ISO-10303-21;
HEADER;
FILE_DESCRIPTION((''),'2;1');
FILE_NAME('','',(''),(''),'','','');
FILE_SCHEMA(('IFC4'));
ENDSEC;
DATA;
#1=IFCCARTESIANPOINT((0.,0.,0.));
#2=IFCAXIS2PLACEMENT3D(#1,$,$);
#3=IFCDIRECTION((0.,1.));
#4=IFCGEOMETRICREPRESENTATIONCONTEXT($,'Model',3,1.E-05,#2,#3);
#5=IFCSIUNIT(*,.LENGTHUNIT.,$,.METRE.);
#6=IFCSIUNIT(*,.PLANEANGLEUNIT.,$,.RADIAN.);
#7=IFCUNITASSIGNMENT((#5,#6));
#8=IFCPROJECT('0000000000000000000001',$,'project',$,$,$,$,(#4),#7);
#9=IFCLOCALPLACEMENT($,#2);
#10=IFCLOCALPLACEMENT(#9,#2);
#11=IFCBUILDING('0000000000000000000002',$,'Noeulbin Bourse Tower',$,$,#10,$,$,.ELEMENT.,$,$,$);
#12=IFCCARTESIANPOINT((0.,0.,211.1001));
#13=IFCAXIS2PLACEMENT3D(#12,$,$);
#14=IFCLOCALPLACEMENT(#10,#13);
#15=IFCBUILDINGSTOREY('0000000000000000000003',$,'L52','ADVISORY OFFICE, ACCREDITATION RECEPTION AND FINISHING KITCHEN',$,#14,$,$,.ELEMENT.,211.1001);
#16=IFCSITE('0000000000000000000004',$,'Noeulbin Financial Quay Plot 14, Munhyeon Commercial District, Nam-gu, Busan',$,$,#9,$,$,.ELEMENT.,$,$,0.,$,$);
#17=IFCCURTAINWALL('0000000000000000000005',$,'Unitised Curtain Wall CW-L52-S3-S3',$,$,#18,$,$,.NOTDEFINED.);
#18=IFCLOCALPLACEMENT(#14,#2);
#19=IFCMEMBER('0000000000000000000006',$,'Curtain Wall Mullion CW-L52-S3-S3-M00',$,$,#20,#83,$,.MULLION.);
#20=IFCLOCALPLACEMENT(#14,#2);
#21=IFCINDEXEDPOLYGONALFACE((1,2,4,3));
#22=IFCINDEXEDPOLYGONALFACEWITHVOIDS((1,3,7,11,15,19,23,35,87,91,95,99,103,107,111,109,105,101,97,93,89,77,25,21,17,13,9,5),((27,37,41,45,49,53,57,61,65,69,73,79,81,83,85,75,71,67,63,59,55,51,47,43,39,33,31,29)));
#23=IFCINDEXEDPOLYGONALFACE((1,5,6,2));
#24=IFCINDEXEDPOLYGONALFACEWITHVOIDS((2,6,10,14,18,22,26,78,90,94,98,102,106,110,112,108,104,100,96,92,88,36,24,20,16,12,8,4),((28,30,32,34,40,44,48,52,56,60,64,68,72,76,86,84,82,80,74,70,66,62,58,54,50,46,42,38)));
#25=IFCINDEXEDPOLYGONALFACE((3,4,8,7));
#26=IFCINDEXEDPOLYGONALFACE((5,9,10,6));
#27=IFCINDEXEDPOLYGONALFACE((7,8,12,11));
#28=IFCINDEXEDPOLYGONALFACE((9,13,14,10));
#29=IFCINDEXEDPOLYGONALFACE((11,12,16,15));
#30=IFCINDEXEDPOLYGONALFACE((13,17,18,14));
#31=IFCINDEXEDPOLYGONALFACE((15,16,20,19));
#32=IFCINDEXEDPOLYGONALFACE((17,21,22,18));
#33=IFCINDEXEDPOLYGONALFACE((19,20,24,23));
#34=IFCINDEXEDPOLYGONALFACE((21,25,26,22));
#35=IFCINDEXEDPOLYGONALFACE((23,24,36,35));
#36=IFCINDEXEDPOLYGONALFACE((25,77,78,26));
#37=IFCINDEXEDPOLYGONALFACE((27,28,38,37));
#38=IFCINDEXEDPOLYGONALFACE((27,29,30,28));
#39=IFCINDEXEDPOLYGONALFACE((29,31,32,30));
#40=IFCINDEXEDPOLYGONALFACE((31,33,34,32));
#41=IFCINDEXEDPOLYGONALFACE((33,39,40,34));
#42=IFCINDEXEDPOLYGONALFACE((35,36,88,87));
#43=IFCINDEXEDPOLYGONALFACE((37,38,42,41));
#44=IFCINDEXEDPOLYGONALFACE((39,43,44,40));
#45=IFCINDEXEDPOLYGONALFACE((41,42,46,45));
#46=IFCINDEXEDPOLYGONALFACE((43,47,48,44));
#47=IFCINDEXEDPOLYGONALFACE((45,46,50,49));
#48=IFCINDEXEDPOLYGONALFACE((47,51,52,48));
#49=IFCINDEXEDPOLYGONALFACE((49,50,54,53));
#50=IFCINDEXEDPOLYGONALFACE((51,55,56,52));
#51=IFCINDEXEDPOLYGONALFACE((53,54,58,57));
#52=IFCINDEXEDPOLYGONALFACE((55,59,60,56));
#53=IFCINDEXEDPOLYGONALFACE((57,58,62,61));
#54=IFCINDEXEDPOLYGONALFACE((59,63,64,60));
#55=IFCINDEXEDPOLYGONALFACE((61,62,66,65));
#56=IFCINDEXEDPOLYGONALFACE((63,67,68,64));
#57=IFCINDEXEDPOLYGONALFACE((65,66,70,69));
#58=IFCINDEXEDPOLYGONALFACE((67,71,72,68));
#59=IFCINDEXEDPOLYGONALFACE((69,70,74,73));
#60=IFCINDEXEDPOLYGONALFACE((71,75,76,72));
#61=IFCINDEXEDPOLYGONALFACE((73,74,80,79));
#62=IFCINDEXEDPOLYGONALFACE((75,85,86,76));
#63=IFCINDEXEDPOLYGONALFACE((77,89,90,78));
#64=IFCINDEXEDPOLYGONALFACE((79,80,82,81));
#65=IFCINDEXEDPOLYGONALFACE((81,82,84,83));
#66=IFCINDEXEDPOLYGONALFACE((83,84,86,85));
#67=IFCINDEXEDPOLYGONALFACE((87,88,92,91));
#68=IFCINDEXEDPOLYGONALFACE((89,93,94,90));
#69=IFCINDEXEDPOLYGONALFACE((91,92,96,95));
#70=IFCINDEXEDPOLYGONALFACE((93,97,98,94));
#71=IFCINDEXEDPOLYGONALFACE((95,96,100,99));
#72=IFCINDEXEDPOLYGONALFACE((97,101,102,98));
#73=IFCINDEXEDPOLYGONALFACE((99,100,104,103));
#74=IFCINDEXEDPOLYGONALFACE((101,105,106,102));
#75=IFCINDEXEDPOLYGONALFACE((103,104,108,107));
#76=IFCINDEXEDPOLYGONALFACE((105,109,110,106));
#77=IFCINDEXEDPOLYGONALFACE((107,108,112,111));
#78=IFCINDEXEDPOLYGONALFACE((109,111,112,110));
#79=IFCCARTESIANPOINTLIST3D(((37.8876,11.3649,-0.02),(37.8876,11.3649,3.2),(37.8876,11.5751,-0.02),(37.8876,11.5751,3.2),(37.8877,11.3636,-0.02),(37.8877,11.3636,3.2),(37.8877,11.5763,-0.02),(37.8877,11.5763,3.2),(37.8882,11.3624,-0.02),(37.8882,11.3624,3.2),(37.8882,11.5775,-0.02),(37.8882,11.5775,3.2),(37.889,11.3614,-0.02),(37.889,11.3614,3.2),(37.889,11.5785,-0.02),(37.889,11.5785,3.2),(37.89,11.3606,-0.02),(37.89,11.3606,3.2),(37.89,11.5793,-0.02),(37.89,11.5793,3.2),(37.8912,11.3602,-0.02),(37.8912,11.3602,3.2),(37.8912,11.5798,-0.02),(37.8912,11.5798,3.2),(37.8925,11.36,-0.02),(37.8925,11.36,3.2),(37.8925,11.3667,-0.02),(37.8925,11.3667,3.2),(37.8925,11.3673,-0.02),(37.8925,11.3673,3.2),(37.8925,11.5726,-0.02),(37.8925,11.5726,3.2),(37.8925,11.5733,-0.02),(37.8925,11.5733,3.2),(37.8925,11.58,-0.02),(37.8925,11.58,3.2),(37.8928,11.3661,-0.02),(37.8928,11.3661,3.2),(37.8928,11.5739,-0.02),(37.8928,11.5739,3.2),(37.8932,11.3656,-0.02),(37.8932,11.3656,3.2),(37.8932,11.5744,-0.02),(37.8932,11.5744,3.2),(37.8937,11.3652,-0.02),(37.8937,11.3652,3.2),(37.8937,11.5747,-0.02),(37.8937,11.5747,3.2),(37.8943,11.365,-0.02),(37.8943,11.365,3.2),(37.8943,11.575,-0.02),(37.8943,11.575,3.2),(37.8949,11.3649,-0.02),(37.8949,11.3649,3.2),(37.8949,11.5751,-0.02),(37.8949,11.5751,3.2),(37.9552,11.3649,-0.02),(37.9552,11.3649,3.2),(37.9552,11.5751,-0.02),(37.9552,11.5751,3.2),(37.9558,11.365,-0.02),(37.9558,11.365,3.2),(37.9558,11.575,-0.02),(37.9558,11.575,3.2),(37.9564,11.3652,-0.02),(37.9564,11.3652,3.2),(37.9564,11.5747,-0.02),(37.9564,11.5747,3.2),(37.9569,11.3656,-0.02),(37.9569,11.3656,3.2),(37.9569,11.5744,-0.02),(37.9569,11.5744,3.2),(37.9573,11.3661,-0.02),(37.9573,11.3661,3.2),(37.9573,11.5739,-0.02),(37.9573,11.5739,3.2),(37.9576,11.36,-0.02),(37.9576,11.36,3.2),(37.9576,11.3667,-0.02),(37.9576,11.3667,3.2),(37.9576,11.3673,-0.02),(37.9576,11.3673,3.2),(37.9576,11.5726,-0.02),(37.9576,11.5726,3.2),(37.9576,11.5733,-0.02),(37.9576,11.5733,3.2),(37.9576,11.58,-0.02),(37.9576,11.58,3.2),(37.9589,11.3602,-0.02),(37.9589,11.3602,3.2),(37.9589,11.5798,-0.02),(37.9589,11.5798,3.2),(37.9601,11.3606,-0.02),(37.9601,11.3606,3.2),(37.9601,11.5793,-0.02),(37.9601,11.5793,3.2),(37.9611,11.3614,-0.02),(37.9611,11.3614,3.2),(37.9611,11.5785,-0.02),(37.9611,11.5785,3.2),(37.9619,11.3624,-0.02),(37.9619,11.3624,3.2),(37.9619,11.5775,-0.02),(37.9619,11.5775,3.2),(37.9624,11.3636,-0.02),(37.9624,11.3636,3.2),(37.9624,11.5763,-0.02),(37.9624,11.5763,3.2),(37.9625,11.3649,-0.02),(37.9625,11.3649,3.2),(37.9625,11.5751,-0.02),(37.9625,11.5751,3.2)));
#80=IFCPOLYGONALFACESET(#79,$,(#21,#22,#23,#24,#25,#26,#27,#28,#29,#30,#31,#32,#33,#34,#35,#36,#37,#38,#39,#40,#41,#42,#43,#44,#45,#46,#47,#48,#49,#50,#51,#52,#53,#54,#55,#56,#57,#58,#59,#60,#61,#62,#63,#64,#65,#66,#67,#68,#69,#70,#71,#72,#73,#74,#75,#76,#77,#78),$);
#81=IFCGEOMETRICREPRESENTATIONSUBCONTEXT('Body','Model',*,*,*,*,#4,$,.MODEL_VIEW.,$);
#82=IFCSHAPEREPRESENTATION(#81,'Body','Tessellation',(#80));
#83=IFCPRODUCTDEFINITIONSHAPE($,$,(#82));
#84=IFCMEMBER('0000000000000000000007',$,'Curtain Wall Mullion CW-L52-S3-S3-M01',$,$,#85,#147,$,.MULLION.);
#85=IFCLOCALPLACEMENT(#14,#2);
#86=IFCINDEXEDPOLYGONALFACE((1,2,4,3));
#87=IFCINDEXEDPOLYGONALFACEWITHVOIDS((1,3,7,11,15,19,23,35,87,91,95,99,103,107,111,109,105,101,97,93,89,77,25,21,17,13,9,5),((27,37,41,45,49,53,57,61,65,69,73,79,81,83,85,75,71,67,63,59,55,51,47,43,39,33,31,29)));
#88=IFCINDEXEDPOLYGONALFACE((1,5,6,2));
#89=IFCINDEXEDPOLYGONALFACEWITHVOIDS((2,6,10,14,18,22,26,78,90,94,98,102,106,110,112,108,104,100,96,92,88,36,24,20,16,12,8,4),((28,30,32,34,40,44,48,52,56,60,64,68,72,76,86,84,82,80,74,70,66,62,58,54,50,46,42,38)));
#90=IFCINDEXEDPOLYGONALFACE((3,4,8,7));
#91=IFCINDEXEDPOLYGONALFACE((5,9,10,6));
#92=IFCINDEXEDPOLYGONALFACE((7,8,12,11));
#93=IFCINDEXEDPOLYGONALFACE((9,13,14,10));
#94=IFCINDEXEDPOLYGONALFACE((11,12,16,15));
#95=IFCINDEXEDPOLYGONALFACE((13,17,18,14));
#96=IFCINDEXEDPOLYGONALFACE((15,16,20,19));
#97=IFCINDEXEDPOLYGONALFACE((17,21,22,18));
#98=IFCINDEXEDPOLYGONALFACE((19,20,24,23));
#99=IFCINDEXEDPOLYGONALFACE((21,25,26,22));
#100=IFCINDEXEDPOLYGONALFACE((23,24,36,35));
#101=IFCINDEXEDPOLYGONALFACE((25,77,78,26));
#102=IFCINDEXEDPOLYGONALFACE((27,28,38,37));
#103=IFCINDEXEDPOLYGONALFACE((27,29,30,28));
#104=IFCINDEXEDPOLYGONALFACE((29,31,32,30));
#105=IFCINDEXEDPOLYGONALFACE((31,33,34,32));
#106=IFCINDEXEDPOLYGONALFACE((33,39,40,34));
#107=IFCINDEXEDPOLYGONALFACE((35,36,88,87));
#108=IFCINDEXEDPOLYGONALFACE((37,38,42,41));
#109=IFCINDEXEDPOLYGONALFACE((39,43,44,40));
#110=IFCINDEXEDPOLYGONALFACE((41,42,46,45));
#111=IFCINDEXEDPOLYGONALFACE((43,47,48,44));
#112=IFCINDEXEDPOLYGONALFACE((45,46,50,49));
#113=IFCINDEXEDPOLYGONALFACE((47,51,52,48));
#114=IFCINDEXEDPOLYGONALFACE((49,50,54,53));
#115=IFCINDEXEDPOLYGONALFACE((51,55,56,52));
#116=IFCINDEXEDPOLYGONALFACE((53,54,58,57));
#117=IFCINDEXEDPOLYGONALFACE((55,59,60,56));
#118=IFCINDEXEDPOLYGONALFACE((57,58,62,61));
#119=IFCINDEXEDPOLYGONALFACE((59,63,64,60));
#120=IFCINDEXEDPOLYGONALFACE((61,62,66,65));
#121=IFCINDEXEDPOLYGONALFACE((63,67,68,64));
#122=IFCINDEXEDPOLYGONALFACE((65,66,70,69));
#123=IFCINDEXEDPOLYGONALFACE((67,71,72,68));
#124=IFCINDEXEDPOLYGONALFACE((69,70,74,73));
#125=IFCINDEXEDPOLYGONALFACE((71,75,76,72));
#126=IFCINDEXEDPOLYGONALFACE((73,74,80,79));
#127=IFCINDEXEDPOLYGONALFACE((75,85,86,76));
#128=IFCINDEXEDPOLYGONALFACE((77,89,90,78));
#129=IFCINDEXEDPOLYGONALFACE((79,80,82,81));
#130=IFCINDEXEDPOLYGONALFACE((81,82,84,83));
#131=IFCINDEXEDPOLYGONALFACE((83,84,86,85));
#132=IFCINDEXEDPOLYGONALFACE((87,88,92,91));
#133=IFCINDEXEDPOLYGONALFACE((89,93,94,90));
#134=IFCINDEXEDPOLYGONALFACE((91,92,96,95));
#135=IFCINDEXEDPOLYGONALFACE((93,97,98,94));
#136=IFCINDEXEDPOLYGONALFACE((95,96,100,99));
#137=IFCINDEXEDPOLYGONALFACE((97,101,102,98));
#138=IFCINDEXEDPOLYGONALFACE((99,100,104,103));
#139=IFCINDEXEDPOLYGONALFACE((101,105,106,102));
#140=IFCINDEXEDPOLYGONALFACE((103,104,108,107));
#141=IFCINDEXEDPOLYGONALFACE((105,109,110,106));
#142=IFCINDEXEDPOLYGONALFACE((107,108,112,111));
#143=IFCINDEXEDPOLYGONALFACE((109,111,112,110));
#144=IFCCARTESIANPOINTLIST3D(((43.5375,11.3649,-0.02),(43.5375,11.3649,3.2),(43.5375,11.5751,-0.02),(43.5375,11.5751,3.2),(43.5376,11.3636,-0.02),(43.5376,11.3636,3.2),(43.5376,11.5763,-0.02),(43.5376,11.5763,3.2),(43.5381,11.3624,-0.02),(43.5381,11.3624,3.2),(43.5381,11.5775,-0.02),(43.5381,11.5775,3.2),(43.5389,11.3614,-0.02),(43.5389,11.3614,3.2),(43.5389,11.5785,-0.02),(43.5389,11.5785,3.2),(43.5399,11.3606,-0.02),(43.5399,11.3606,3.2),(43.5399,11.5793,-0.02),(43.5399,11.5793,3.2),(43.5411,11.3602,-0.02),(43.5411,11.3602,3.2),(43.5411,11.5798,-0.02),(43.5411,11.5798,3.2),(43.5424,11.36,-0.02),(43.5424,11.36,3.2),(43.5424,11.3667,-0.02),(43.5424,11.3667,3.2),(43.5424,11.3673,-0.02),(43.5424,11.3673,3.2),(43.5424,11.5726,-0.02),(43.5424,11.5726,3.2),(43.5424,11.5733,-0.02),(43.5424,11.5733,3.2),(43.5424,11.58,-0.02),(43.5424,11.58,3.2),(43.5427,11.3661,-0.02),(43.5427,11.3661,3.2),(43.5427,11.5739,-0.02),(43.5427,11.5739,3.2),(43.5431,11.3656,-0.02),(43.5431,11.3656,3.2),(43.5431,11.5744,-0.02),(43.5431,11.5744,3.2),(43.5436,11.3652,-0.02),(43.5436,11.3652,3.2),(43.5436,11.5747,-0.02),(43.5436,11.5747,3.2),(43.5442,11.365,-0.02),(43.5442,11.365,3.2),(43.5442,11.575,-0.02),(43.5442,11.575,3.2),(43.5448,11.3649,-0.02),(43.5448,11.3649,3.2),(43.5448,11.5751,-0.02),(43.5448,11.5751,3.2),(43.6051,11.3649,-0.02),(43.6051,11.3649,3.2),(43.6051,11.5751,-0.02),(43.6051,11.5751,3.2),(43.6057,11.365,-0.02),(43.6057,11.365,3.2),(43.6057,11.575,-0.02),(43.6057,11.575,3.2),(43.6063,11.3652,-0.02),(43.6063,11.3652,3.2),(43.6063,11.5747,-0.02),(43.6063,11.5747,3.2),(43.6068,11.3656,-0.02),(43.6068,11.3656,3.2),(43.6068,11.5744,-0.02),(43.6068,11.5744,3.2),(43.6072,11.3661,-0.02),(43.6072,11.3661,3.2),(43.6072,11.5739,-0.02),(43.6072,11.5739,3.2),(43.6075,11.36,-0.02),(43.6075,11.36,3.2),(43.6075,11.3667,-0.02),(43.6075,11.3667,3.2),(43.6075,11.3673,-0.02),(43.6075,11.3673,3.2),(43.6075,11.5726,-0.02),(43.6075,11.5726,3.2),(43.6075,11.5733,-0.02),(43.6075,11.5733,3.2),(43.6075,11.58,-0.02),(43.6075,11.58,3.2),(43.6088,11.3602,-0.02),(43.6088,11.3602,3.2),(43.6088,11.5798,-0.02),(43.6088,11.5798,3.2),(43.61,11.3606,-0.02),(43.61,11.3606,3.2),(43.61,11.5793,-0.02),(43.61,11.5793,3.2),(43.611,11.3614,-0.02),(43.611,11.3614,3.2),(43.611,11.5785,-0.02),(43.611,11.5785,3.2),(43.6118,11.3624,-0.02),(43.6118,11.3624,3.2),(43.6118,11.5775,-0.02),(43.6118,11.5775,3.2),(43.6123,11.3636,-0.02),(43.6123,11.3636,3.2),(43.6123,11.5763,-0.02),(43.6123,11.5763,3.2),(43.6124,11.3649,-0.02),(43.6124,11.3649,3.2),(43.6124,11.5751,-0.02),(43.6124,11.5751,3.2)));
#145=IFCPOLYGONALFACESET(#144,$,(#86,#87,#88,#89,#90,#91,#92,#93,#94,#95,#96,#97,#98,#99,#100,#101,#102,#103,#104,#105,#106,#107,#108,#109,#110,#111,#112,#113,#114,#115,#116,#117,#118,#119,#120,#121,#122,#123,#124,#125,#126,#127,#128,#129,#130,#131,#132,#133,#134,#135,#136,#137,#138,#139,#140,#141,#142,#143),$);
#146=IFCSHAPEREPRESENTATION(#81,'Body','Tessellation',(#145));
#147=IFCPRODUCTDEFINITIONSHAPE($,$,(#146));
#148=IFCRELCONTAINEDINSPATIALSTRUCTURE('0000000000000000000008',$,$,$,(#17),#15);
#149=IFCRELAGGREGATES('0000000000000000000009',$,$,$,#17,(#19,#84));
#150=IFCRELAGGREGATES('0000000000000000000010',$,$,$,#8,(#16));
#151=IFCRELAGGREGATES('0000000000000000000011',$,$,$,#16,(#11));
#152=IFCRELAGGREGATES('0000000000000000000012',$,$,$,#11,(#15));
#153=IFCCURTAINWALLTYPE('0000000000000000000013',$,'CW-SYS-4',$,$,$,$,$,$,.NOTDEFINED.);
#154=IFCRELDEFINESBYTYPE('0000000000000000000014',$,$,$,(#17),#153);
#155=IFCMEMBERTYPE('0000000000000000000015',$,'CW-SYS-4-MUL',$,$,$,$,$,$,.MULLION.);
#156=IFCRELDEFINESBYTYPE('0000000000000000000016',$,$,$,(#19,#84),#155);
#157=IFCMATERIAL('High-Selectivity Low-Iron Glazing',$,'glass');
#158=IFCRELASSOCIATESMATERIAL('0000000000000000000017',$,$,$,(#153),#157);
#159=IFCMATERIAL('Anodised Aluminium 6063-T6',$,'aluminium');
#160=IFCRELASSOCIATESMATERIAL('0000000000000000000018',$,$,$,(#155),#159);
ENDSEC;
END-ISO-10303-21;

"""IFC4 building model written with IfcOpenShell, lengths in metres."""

from ifc_helpers import new_model, si_unit, direction, frame, origin, origin_2d, place, context, subcontext, project, spatial, hollow_rectangle, extrude, material, material_profile, profile_set, type_object, element, aggregate, save


model = new_model("IFC4")

# Units and contexts
model_context = context("Model", 3, precision=1e-05, world=origin(), true_north=direction((0.0, 1.0)))
body_context = subcontext(model_context, "Body", "Model", "MODEL_VIEW")
ifc_project = project(units=[si_unit("LENGTHUNIT", "METRE"), si_unit("PLANEANGLEUNIT", "RADIAN")], contexts=[model_context])

# Site, building, storey
site_placement = place(None, origin())
site = spatial("IfcSite", under=ifc_project, at=site_placement, Name="Noeulbin Financial Quay Plot 14, Munhyeon Commercial District, Nam-gu, Busan", CompositionType="ELEMENT", RefElevation=0.0)
building_placement = place(site_placement, origin())
building = spatial("IfcBuilding", under=site, at=building_placement, Name="Noeulbin Bourse Tower", CompositionType="ELEMENT")
storey_placement = place(building_placement, frame((0.0, 0.0, 211.1001)))
storey = spatial("IfcBuildingStorey", under=building, at=storey_placement, Name="L52", Description="ADVISORY OFFICE, ACCREDITATION RECEPTION AND FINISHING KITCHEN", CompositionType="ELEMENT", Elevation=211.1001)

# Curtain wall, members
ifc_material_1 = material(Name="High-Selectivity Low-Iron Glazing", Category="glass")
curtain_wall_type = type_object("IfcCurtainWallType", Name="CW-SYS-4", PredefinedType="NOTDEFINED", material=ifc_material_1)
curtain_wall_1_placement = place(storey_placement, origin())
curtain_wall_1 = element("IfcCurtainWall", 1, at=curtain_wall_1_placement, inside=storey, type_object=curtain_wall_type, Name="Unitised Curtain Wall CW-L52-S3-S3", PredefinedType="NOTDEFINED")
ifc_material_2 = material(Name="Anodised Aluminium 6063-T6", Category="aluminium")
ifc_material_profile_1 = material_profile(ifc_material_2, hollow_rectangle(XDim=0.075, YDim=0.22, WallThickness=0.0049, InnerFilletRadius=0.0024, OuterFilletRadius=0.0049, at=origin_2d()), Name="ALU-MULL-75x220x5", Category="LoadBearing")
ifc_profile_set_1 = profile_set([ifc_material_profile_1], Name="Anodised Aluminium 6063-T6")
member_type_1 = type_object("IfcMemberType", Name="CW-SYS-4-MUL", PredefinedType="MULLION", material=ifc_profile_set_1)
member_1_placement = place(storey_placement, frame((37.925, 11.47, -0.02), z_axis=(0.0, 0.0, 1.0), x_axis=(1.0, 0.0, 0.0)))
member_1 = element("IfcMember", 2, at=member_1_placement, type_object=member_type_1, Name="Curtain Wall Mullion CW-L52-S3-S3-M00", PredefinedType="MULLION", context=body_context, shape_type="SweptSolid", body=[
    extrude(hollow_rectangle(XDim=0.075, YDim=0.22, WallThickness=0.0049, InnerFilletRadius=0.0024, OuterFilletRadius=0.0049, at=origin_2d()), origin(), (0.0, 0.0, 1.0), 3.22),
])
member_2_placement = place(storey_placement, frame((43.575, 11.47, -0.02), z_axis=(0.0, 0.0, 1.0), x_axis=(1.0, 0.0, 0.0)))
member_2 = element("IfcMember", 3, at=member_2_placement, type_object=member_type_1, Name="Curtain Wall Mullion CW-L52-S3-S3-M01", PredefinedType="MULLION", context=body_context, shape_type="SweptSolid", body=[
    extrude(hollow_rectangle(XDim=0.075, YDim=0.22, WallThickness=0.0049, InnerFilletRadius=0.0024, OuterFilletRadius=0.0049, at=origin_2d()), origin(), (0.0, 0.0, 1.0), 3.22),
])

aggregate(curtain_wall_1, [member_1, member_2])

save(model, "model.ifc")
